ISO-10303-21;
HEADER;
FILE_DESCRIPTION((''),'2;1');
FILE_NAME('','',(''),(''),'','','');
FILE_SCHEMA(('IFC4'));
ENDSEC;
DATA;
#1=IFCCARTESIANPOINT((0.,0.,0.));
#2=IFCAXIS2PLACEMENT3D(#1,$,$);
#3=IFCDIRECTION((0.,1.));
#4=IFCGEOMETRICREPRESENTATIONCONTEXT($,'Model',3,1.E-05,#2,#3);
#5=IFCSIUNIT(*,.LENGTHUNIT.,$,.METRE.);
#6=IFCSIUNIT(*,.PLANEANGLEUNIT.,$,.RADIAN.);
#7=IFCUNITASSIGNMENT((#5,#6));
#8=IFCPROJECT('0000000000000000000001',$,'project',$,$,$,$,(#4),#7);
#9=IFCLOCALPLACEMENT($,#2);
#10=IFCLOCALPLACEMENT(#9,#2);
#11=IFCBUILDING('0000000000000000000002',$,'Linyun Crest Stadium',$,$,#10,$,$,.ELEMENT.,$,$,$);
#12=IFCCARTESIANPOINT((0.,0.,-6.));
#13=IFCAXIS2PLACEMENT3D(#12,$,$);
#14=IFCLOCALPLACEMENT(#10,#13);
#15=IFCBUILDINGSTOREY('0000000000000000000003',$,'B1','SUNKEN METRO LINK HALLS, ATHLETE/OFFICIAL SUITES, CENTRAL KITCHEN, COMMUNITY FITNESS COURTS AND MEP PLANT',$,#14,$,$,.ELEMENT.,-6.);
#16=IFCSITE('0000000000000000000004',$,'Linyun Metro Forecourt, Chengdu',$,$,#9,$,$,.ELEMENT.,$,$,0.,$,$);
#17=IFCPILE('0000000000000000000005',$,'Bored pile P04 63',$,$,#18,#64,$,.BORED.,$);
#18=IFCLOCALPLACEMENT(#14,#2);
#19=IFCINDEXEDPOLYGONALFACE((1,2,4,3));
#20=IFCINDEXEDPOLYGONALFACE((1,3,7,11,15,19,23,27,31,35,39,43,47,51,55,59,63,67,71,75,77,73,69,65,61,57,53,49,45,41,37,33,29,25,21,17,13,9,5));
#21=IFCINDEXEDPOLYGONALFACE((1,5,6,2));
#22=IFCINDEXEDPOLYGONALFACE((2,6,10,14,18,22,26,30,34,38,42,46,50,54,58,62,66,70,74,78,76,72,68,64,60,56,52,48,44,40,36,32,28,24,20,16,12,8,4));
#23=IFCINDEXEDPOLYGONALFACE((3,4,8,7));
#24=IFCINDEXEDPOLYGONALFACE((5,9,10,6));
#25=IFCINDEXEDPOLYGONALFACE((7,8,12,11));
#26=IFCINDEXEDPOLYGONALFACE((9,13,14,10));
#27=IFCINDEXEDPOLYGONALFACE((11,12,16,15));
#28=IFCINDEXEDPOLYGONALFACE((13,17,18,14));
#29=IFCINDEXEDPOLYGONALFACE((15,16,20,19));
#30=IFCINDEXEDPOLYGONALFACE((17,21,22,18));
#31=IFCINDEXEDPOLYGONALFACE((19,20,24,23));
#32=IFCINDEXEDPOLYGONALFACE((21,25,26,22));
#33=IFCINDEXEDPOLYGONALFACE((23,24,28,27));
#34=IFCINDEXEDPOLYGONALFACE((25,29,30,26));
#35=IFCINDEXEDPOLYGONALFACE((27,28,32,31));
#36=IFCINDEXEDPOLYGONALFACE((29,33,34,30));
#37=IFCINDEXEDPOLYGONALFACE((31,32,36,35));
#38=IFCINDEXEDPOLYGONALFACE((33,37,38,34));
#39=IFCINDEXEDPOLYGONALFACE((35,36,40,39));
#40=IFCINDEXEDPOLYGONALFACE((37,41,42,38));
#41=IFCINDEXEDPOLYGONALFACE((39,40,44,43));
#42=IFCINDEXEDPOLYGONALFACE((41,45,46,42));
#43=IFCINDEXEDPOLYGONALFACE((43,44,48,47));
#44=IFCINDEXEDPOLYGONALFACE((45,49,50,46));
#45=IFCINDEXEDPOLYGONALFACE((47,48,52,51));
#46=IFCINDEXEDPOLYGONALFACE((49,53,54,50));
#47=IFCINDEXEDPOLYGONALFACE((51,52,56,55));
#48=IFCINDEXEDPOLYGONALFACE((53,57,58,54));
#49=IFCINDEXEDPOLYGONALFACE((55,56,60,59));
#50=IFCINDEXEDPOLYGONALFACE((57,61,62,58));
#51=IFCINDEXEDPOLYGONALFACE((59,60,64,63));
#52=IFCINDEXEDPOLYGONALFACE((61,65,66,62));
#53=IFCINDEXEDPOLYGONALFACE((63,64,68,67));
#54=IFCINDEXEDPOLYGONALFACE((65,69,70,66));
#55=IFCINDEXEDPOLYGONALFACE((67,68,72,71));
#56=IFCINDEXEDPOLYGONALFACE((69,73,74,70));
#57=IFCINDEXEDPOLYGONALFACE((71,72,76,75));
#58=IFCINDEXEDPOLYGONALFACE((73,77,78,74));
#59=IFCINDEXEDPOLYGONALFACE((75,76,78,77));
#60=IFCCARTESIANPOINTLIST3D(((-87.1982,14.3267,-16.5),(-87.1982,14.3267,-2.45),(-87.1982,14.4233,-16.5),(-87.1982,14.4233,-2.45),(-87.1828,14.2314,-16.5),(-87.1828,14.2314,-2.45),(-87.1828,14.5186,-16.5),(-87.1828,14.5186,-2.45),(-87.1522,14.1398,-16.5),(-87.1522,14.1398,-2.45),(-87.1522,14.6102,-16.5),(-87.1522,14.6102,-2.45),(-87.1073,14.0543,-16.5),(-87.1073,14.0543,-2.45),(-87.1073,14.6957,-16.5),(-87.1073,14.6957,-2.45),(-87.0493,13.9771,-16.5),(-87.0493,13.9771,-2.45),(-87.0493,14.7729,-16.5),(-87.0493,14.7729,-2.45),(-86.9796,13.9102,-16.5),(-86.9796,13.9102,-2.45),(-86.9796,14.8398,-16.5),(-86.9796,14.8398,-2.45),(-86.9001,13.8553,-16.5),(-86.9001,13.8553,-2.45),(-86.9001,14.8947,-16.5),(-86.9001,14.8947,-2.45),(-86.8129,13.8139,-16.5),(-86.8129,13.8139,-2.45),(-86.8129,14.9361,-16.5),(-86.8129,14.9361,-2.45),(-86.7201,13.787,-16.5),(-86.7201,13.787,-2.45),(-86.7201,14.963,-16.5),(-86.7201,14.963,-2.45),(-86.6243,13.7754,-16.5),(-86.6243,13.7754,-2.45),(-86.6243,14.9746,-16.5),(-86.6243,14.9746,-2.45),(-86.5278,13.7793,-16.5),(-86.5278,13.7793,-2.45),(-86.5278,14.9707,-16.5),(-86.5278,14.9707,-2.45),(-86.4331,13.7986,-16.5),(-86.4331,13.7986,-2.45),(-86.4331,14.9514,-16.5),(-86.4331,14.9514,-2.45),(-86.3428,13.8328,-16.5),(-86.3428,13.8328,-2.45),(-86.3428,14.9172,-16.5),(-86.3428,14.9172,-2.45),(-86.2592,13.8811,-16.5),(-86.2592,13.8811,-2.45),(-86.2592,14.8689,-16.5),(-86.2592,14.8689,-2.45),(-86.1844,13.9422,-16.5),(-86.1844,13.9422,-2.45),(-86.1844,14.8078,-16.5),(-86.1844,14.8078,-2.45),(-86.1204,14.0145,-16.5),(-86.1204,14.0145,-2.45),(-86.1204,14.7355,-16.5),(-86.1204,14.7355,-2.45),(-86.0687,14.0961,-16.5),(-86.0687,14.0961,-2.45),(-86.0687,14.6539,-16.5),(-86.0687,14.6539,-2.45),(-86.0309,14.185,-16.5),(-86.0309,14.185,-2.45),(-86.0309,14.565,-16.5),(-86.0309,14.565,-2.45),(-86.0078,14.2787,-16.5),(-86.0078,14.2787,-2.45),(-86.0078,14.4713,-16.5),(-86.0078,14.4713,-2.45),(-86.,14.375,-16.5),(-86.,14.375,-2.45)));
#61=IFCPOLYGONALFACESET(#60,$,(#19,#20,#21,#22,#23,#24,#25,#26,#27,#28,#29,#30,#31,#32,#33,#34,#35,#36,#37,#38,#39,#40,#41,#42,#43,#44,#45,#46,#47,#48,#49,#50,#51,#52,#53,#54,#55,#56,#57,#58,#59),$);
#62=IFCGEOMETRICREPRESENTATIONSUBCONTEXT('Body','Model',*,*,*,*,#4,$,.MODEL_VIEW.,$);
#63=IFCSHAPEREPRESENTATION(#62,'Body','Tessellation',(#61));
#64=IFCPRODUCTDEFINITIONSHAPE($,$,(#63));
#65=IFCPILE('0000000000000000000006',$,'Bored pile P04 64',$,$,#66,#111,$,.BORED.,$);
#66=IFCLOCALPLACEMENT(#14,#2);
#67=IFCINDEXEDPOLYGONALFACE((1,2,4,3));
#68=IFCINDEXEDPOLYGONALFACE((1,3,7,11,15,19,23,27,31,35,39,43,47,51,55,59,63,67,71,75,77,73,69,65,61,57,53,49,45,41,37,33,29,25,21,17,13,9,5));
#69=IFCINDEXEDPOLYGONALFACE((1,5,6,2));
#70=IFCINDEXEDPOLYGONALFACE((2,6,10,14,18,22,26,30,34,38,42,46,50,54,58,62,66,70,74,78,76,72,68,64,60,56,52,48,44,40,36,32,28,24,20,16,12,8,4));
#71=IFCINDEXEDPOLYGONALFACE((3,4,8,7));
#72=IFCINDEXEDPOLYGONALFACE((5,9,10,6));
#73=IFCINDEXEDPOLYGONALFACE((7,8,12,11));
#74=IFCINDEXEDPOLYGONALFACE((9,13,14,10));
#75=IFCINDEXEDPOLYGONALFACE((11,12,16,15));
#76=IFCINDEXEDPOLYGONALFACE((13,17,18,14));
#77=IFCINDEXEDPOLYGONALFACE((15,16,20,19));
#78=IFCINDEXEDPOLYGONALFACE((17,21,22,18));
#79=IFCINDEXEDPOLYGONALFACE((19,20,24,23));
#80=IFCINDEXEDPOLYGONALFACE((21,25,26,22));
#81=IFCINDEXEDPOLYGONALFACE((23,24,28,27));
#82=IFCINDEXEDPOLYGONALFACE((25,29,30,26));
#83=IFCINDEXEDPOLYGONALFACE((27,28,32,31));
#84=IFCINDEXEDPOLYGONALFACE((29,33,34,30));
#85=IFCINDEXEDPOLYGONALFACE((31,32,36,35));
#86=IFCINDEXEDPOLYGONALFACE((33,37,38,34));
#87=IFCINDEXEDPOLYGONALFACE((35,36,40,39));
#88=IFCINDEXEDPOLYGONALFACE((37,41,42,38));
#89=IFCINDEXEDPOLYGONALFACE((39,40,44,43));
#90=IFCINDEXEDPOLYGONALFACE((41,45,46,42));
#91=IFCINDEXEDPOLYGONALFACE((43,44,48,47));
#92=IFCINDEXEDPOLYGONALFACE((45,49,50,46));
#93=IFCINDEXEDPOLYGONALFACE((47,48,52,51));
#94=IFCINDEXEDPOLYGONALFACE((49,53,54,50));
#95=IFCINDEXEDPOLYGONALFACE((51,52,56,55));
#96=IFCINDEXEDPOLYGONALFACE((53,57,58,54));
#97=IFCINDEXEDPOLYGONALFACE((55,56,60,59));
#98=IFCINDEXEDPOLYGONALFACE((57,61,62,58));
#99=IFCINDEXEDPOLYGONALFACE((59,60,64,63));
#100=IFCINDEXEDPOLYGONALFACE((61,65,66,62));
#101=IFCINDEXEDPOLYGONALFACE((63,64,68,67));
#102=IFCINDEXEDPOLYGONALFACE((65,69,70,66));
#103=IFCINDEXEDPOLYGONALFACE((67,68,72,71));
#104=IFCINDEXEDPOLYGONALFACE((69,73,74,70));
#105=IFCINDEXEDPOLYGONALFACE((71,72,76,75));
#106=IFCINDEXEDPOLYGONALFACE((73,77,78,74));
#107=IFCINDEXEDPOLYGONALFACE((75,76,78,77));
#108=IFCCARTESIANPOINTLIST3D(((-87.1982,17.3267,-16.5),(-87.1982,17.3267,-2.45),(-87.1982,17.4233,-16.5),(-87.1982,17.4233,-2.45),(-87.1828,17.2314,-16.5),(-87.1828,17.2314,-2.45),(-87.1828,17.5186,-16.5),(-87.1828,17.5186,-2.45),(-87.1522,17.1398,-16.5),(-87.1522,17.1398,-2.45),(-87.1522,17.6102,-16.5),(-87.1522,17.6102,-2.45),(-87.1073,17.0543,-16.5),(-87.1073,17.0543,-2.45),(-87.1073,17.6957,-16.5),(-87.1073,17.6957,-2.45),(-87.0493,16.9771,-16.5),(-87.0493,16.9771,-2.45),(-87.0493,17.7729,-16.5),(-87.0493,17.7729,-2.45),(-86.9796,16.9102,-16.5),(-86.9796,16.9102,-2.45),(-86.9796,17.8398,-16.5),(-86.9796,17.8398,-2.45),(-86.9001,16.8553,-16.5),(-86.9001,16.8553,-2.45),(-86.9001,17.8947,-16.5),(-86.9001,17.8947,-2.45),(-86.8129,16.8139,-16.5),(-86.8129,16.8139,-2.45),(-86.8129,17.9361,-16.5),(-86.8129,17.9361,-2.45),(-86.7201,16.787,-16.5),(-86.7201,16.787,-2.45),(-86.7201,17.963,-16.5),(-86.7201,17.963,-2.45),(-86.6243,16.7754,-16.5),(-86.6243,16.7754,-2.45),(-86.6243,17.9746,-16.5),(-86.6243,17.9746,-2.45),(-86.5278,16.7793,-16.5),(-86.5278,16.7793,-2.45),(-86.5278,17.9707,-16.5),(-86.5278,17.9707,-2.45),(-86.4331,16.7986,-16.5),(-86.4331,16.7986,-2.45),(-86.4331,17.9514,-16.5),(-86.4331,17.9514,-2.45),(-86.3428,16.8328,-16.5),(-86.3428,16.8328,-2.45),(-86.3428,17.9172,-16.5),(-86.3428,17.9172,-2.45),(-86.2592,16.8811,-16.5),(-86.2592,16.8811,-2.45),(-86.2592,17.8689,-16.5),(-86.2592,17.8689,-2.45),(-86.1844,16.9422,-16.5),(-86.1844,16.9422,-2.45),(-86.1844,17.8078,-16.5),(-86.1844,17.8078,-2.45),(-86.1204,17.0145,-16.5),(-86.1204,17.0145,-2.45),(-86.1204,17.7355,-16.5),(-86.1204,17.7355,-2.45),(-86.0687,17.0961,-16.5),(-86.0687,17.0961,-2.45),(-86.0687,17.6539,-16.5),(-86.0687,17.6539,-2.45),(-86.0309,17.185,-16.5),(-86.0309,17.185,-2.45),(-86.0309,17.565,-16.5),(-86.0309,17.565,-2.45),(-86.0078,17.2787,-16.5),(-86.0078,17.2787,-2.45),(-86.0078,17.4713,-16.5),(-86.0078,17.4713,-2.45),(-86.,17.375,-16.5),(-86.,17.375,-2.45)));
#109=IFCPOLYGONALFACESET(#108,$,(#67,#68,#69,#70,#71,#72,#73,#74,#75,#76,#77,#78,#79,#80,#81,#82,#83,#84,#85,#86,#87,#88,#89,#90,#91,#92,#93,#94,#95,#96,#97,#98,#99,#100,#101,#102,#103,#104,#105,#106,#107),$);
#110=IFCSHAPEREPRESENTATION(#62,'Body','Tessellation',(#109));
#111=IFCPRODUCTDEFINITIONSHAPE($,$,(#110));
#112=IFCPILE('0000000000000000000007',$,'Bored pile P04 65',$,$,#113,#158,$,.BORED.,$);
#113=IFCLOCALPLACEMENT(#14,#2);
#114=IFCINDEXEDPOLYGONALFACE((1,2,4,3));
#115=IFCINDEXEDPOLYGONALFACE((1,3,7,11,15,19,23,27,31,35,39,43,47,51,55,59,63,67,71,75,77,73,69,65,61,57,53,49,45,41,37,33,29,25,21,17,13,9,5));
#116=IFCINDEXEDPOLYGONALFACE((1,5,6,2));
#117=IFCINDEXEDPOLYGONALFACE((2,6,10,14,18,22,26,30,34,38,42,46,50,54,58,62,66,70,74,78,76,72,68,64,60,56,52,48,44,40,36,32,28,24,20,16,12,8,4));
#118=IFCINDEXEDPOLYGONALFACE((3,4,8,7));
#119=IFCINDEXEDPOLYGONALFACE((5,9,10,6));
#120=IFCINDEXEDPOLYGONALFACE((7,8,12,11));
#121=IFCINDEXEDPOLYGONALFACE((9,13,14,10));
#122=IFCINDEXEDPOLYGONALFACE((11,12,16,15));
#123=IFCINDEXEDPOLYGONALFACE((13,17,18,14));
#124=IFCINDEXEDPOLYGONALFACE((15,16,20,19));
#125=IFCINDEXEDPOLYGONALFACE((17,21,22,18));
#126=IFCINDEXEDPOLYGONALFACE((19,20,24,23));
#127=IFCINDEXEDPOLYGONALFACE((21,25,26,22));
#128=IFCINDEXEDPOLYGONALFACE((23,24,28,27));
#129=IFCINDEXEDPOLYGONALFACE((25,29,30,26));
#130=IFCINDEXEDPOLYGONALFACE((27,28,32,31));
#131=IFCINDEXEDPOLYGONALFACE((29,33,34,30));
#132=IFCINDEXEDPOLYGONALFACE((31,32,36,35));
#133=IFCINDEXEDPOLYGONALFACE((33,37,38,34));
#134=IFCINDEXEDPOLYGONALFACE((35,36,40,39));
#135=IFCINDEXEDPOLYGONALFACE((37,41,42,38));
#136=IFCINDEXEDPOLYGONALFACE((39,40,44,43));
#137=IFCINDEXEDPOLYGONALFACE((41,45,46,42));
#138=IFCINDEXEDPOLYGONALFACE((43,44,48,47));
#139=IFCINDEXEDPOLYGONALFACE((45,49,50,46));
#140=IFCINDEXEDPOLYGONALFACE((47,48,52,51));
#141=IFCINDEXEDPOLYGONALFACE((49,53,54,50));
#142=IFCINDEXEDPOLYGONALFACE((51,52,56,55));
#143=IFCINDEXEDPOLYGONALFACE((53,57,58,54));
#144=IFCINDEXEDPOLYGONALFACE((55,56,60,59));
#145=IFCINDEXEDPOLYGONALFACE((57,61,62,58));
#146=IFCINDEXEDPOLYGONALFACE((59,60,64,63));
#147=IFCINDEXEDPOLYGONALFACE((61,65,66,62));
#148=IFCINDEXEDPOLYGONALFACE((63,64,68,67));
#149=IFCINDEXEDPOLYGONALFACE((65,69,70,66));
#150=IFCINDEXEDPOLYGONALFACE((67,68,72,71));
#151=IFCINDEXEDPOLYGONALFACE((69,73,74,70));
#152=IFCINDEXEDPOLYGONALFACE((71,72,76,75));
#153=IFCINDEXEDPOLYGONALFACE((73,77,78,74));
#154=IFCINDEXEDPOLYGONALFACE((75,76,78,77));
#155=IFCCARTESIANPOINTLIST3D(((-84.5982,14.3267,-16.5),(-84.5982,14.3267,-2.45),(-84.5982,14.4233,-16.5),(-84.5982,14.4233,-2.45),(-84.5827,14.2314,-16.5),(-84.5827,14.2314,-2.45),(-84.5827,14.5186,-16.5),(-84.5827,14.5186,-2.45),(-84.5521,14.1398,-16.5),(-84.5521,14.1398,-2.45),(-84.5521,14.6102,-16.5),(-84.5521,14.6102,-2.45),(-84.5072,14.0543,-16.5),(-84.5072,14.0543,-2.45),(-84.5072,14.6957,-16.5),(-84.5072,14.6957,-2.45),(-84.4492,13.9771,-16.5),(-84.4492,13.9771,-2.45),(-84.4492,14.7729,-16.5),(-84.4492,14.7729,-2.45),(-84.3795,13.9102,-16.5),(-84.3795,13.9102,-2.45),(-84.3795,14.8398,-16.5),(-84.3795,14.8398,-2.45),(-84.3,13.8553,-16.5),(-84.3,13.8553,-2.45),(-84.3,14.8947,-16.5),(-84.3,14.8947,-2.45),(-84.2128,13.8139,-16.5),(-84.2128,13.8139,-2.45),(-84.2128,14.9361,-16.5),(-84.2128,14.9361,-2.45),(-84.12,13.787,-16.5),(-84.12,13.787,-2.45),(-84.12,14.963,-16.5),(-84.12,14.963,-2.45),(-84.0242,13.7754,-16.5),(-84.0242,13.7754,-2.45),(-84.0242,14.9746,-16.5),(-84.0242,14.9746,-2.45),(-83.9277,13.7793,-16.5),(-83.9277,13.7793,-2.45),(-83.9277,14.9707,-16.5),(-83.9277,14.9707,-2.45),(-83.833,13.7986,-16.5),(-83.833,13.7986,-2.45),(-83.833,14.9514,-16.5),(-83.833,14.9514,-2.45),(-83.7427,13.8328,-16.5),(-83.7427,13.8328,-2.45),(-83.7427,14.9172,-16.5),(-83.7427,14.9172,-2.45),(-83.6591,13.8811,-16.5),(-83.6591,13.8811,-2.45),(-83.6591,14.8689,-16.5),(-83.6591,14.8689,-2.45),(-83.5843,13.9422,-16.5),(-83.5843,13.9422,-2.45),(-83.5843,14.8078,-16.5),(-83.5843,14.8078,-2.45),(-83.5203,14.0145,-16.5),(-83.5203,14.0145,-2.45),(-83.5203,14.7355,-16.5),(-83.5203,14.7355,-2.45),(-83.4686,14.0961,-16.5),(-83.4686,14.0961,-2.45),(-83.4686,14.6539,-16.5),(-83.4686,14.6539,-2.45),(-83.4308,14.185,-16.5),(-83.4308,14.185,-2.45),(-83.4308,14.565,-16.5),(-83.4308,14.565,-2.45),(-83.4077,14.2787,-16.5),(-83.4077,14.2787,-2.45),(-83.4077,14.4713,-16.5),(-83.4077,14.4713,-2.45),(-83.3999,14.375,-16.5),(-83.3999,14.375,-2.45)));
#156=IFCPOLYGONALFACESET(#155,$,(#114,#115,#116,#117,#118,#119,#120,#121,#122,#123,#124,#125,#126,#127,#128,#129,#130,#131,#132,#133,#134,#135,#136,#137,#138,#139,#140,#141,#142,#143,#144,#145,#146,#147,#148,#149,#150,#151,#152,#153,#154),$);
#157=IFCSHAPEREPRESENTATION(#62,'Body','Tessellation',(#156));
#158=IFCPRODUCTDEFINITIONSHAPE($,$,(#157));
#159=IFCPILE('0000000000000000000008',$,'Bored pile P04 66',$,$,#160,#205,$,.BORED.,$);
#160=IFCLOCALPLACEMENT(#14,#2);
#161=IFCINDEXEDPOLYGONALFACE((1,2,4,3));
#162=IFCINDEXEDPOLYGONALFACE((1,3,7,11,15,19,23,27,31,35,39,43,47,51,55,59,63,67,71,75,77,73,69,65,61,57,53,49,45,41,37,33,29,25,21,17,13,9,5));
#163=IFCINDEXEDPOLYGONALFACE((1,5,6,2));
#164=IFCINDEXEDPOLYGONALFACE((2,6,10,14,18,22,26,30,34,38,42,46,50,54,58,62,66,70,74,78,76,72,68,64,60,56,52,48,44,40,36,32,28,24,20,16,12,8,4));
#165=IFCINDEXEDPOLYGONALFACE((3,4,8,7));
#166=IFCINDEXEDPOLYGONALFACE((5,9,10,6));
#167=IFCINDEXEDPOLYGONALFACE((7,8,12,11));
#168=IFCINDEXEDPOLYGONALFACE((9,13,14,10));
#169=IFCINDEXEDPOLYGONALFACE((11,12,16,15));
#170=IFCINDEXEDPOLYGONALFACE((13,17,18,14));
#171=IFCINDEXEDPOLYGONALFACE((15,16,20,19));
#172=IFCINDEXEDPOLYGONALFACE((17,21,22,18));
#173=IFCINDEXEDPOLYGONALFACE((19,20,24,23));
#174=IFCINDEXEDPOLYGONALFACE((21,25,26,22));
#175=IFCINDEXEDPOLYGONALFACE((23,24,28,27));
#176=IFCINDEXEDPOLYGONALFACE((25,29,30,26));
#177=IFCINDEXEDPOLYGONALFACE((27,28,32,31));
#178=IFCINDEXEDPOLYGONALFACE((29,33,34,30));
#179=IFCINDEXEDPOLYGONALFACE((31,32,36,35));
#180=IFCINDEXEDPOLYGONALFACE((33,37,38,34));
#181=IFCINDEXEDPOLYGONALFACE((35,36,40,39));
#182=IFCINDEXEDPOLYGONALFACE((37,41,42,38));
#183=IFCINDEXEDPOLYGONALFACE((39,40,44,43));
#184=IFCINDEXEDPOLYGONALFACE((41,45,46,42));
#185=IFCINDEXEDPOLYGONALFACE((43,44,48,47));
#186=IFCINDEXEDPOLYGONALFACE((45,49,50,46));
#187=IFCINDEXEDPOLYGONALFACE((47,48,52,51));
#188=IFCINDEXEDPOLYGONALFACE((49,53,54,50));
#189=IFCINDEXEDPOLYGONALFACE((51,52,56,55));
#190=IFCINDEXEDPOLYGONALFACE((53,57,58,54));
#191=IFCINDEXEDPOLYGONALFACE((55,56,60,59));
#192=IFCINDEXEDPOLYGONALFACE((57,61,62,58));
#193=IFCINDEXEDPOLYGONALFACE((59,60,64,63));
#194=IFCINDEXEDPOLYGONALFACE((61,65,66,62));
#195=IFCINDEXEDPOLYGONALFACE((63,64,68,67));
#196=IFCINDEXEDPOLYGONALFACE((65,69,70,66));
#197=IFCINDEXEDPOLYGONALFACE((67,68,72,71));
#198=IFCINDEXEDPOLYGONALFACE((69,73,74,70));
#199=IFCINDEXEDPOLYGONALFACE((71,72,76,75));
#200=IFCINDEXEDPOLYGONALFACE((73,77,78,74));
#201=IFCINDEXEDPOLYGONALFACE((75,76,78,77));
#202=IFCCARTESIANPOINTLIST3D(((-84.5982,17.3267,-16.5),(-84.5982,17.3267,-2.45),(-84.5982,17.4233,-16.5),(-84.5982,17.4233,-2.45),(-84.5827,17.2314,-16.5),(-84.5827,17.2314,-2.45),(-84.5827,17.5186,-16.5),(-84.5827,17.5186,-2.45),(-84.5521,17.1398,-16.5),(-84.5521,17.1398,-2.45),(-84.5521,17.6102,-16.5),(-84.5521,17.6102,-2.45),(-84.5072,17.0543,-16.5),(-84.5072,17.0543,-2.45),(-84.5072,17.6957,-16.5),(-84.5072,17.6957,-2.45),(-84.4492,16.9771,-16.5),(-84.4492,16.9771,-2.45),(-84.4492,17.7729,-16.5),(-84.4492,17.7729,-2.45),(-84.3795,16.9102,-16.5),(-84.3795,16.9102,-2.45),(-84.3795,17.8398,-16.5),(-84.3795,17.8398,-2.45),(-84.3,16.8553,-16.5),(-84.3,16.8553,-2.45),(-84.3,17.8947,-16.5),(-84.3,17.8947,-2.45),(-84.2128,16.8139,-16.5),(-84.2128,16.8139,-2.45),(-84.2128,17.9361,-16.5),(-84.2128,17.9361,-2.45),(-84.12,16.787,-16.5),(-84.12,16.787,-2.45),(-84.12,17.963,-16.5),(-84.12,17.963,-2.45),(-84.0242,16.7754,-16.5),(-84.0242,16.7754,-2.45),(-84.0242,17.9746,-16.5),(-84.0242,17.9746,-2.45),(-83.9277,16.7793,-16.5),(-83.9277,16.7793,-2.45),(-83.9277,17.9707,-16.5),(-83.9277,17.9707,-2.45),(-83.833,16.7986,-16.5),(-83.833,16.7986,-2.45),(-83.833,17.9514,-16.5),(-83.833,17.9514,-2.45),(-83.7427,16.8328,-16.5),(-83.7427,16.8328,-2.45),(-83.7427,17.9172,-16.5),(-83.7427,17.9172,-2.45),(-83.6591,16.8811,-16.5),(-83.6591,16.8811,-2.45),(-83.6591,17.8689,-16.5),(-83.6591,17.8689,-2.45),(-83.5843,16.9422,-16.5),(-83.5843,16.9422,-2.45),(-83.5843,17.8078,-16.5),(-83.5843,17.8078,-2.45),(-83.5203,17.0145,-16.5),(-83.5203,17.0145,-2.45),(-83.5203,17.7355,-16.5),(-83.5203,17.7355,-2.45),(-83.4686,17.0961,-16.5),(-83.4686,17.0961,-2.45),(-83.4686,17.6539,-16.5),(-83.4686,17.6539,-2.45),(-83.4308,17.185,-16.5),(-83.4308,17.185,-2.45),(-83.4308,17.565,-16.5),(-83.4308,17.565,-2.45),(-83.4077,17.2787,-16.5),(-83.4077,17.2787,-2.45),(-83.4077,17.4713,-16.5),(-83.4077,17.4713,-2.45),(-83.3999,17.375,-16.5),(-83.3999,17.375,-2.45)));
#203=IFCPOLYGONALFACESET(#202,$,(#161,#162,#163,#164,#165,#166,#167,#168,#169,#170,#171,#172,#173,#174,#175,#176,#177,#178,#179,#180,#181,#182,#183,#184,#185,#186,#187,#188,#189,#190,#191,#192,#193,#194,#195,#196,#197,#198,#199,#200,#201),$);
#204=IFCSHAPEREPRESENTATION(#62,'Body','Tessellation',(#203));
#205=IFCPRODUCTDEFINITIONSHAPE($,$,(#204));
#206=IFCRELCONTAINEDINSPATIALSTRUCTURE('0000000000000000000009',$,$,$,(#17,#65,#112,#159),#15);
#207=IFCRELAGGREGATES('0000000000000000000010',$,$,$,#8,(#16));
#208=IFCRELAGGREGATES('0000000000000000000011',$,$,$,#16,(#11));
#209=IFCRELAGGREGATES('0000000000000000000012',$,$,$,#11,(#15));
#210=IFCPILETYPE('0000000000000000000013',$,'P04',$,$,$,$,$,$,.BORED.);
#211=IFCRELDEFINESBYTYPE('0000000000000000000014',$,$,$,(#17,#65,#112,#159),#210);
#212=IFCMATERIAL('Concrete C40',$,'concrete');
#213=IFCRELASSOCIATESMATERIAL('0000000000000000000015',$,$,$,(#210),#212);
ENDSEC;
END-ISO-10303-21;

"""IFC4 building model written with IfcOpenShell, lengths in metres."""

from ifc_helpers import new_model, si_unit, direction, frame, origin, origin_2d, place, context, subcontext, project, spatial, circle, extrude, material, material_profile, profile_set, type_object, element, save


model = new_model("IFC4")

# Units and contexts
model_context = context("Model", 3, precision=1e-05, world=origin(), true_north=direction((0.0, 1.0)))
body_context = subcontext(model_context, "Body", "Model", "MODEL_VIEW")
ifc_project = project(units=[si_unit("LENGTHUNIT", "METRE"), si_unit("PLANEANGLEUNIT", "RADIAN")], contexts=[model_context])

# Site, building, storey
site_placement = place(None, origin())
site = spatial("IfcSite", under=ifc_project, at=site_placement, Name="Linyun Metro Forecourt, Chengdu", CompositionType="ELEMENT", RefElevation=0.0)
building_placement = place(site_placement, origin())
building = spatial("IfcBuilding", under=site, at=building_placement, Name="Linyun Crest Stadium", CompositionType="ELEMENT")
storey_placement = place(building_placement, frame((0.0, 0.0, -6.0)))
storey = spatial("IfcBuildingStorey", under=building, at=storey_placement, Name="B1", Description="SUNKEN METRO LINK HALLS, ATHLETE/OFFICIAL SUITES, CENTRAL KITCHEN, COMMUNITY FITNESS COURTS AND MEP PLANT", CompositionType="ELEMENT", Elevation=-6.0)

# Piles
ifc_material_1 = material(Name="Concrete C40", Category="concrete")
ifc_material_profile_1 = material_profile(ifc_material_1, circle(Radius=0.6001, at=origin_2d()), Name="BORED PILE 1200")
ifc_profile_set_1 = profile_set([ifc_material_profile_1], Name="Concrete C40")
pile_type = type_object("IfcPileType", Name="P04", PredefinedType="BORED", material=ifc_profile_set_1)
for number, where, z_axis, x_axis, name in (
    (1, (-86.6001, 14.375, -2.45), (0.0, 0.0, -1.0), (1.0, 0.0, 0.0), "Bored pile P04 63"),
    (2, (-86.6001, 17.375, -2.45), (0.0, 0.0, -1.0), (1.0, 0.0, 0.0), "Bored pile P04 64"),
    (3, (-84.0, 14.375, -2.45), (0.0, 0.0, -1.0), (1.0, 0.0, 0.0), "Bored pile P04 65"),
    (4, (-84.0, 17.375, -2.45), (0.0, 0.0, -1.0), (1.0, 0.0, 0.0), "Bored pile P04 66"),
):
    element("IfcPile", number, at=place(storey_placement, frame(where, z_axis=z_axis, x_axis=x_axis)), inside=storey, type_object=pile_type, Name=name, PredefinedType="BORED", context=body_context, shape_type="SweptSolid", body=[
        extrude(circle(Radius=0.6001, at=origin_2d()), origin(), (0.0, 0.0, 1.0), 14.05),
    ])

save(model, "model.ifc")
